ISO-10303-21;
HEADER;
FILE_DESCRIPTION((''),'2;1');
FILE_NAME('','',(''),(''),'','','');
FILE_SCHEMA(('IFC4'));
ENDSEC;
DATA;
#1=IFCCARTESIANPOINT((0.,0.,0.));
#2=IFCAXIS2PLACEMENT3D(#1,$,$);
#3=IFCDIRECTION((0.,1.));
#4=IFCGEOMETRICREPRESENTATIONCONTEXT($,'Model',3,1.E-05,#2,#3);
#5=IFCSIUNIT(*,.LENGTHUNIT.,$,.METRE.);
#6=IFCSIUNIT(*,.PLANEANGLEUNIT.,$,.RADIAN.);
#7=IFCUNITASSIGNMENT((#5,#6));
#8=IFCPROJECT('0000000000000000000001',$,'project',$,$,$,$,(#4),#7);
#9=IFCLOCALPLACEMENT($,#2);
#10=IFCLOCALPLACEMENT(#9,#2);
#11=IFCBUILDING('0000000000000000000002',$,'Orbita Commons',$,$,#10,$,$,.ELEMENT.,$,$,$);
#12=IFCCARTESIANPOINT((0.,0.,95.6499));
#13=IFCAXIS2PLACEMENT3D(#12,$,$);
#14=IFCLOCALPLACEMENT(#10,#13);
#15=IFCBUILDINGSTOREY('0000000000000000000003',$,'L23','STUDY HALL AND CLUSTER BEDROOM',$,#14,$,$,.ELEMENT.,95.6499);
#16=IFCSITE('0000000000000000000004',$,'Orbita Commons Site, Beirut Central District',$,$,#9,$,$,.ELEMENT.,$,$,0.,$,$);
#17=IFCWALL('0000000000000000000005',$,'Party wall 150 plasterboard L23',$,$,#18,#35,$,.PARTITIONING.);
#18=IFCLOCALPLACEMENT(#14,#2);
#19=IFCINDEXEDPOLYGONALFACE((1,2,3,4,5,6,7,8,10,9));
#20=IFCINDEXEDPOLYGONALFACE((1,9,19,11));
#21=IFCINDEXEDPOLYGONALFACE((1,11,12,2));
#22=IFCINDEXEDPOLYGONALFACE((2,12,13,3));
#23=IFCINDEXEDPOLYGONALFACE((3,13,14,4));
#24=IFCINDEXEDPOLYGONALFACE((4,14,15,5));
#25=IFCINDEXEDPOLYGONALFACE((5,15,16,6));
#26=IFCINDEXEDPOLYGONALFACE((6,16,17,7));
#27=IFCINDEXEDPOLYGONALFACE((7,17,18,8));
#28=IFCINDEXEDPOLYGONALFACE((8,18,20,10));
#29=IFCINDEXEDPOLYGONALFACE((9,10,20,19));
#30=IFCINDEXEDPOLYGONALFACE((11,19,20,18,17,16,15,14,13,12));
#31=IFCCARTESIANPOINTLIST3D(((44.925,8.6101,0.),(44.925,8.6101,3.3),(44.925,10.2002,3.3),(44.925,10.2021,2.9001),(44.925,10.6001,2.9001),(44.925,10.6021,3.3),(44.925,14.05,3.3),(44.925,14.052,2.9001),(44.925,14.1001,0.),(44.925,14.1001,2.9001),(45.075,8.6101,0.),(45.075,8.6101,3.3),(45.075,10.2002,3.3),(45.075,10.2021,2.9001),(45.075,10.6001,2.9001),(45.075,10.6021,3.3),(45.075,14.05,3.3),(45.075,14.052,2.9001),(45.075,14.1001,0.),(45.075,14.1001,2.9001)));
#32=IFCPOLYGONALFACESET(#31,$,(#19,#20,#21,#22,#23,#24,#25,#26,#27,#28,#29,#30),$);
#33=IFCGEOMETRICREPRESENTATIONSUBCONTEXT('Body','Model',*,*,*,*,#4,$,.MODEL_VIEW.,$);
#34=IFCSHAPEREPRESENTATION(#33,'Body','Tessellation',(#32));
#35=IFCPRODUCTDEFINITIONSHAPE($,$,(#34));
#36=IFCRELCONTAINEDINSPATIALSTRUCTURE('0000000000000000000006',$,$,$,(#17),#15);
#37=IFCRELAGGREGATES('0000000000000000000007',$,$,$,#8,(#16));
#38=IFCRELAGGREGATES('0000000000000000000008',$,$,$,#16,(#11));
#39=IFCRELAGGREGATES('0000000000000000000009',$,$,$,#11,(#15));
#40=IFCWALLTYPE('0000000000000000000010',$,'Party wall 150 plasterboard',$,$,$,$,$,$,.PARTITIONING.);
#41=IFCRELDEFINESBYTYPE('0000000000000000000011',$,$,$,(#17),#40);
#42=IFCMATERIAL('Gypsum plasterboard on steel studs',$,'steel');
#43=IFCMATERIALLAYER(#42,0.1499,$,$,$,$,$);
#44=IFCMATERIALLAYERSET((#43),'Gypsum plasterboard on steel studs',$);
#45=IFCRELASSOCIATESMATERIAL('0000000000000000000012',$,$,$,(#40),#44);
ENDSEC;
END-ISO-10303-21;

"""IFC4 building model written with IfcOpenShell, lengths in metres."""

from ifc_helpers import new_model, si_unit, direction, frame, origin, place, context, subcontext, project, spatial, polyline, outline, extrude, material, layer, layer_set, type_object, element, save


model = new_model("IFC4")

# Units and contexts
model_context = context("Model", 3, precision=1e-05, world=origin(), true_north=direction((0.0, 1.0)))
body_context = subcontext(model_context, "Body", "Model", "MODEL_VIEW")
ifc_project = project(units=[si_unit("LENGTHUNIT", "METRE"), si_unit("PLANEANGLEUNIT", "RADIAN")], contexts=[model_context])

# Site, building, storey
site_placement = place(None, origin())
site = spatial("IfcSite", under=ifc_project, at=site_placement, Name="Orbita Commons Site, Beirut Central District", CompositionType="ELEMENT", RefElevation=0.0)
building_placement = place(site_placement, origin())
building = spatial("IfcBuilding", under=site, at=building_placement, Name="Orbita Commons", CompositionType="ELEMENT")
storey_placement = place(building_placement, frame((0.0, 0.0, 95.6499)))
storey = spatial("IfcBuildingStorey", under=building, at=storey_placement, Name="L23", Description="STUDY HALL AND CLUSTER BEDROOM", CompositionType="ELEMENT", Elevation=95.6499)

# Wall
ifc_material_1 = material(Name="Gypsum plasterboard on steel studs", Category="steel")
ifc_layer_1 = layer(ifc_material_1, 0.1499)
ifc_layer_set_1 = layer_set([ifc_layer_1], Name="Gypsum plasterboard on steel studs")
wall_type_1 = type_object("IfcWallType", Name="Party wall 150 plasterboard", PredefinedType="PARTITIONING", material=ifc_layer_set_1)
wall_placement = place(storey_placement, frame((45.0, 8.6101, 0.0), z_axis=(0.0, 0.0, 1.0), x_axis=(0.0, 1.0, 0.0)))
element("IfcWall", 1, at=wall_placement, inside=storey, type_object=wall_type_1, Name="Party wall 150 plasterboard L23", PredefinedType="PARTITIONING", context=body_context, shape_type="SweptSolid", body=[
    extrude(outline(polyline([(0.0, 0.0), (5.49, 0.0), (5.49, 2.9001), (5.4419, 2.9001), (5.4399, 3.3), (1.9919, 3.3), (1.99, 2.9001), (1.592, 2.9001), (1.5901, 3.3), (0.0, 3.3), (0.0, 0.0)])), frame((0.0, 0.075, 0.0), z_axis=(0.0, -1.0, 0.0), x_axis=(1.0, 0.0, 0.0)), (0.0, 0.0, 1.0), 0.1499),
])

save(model, "model.ifc")
